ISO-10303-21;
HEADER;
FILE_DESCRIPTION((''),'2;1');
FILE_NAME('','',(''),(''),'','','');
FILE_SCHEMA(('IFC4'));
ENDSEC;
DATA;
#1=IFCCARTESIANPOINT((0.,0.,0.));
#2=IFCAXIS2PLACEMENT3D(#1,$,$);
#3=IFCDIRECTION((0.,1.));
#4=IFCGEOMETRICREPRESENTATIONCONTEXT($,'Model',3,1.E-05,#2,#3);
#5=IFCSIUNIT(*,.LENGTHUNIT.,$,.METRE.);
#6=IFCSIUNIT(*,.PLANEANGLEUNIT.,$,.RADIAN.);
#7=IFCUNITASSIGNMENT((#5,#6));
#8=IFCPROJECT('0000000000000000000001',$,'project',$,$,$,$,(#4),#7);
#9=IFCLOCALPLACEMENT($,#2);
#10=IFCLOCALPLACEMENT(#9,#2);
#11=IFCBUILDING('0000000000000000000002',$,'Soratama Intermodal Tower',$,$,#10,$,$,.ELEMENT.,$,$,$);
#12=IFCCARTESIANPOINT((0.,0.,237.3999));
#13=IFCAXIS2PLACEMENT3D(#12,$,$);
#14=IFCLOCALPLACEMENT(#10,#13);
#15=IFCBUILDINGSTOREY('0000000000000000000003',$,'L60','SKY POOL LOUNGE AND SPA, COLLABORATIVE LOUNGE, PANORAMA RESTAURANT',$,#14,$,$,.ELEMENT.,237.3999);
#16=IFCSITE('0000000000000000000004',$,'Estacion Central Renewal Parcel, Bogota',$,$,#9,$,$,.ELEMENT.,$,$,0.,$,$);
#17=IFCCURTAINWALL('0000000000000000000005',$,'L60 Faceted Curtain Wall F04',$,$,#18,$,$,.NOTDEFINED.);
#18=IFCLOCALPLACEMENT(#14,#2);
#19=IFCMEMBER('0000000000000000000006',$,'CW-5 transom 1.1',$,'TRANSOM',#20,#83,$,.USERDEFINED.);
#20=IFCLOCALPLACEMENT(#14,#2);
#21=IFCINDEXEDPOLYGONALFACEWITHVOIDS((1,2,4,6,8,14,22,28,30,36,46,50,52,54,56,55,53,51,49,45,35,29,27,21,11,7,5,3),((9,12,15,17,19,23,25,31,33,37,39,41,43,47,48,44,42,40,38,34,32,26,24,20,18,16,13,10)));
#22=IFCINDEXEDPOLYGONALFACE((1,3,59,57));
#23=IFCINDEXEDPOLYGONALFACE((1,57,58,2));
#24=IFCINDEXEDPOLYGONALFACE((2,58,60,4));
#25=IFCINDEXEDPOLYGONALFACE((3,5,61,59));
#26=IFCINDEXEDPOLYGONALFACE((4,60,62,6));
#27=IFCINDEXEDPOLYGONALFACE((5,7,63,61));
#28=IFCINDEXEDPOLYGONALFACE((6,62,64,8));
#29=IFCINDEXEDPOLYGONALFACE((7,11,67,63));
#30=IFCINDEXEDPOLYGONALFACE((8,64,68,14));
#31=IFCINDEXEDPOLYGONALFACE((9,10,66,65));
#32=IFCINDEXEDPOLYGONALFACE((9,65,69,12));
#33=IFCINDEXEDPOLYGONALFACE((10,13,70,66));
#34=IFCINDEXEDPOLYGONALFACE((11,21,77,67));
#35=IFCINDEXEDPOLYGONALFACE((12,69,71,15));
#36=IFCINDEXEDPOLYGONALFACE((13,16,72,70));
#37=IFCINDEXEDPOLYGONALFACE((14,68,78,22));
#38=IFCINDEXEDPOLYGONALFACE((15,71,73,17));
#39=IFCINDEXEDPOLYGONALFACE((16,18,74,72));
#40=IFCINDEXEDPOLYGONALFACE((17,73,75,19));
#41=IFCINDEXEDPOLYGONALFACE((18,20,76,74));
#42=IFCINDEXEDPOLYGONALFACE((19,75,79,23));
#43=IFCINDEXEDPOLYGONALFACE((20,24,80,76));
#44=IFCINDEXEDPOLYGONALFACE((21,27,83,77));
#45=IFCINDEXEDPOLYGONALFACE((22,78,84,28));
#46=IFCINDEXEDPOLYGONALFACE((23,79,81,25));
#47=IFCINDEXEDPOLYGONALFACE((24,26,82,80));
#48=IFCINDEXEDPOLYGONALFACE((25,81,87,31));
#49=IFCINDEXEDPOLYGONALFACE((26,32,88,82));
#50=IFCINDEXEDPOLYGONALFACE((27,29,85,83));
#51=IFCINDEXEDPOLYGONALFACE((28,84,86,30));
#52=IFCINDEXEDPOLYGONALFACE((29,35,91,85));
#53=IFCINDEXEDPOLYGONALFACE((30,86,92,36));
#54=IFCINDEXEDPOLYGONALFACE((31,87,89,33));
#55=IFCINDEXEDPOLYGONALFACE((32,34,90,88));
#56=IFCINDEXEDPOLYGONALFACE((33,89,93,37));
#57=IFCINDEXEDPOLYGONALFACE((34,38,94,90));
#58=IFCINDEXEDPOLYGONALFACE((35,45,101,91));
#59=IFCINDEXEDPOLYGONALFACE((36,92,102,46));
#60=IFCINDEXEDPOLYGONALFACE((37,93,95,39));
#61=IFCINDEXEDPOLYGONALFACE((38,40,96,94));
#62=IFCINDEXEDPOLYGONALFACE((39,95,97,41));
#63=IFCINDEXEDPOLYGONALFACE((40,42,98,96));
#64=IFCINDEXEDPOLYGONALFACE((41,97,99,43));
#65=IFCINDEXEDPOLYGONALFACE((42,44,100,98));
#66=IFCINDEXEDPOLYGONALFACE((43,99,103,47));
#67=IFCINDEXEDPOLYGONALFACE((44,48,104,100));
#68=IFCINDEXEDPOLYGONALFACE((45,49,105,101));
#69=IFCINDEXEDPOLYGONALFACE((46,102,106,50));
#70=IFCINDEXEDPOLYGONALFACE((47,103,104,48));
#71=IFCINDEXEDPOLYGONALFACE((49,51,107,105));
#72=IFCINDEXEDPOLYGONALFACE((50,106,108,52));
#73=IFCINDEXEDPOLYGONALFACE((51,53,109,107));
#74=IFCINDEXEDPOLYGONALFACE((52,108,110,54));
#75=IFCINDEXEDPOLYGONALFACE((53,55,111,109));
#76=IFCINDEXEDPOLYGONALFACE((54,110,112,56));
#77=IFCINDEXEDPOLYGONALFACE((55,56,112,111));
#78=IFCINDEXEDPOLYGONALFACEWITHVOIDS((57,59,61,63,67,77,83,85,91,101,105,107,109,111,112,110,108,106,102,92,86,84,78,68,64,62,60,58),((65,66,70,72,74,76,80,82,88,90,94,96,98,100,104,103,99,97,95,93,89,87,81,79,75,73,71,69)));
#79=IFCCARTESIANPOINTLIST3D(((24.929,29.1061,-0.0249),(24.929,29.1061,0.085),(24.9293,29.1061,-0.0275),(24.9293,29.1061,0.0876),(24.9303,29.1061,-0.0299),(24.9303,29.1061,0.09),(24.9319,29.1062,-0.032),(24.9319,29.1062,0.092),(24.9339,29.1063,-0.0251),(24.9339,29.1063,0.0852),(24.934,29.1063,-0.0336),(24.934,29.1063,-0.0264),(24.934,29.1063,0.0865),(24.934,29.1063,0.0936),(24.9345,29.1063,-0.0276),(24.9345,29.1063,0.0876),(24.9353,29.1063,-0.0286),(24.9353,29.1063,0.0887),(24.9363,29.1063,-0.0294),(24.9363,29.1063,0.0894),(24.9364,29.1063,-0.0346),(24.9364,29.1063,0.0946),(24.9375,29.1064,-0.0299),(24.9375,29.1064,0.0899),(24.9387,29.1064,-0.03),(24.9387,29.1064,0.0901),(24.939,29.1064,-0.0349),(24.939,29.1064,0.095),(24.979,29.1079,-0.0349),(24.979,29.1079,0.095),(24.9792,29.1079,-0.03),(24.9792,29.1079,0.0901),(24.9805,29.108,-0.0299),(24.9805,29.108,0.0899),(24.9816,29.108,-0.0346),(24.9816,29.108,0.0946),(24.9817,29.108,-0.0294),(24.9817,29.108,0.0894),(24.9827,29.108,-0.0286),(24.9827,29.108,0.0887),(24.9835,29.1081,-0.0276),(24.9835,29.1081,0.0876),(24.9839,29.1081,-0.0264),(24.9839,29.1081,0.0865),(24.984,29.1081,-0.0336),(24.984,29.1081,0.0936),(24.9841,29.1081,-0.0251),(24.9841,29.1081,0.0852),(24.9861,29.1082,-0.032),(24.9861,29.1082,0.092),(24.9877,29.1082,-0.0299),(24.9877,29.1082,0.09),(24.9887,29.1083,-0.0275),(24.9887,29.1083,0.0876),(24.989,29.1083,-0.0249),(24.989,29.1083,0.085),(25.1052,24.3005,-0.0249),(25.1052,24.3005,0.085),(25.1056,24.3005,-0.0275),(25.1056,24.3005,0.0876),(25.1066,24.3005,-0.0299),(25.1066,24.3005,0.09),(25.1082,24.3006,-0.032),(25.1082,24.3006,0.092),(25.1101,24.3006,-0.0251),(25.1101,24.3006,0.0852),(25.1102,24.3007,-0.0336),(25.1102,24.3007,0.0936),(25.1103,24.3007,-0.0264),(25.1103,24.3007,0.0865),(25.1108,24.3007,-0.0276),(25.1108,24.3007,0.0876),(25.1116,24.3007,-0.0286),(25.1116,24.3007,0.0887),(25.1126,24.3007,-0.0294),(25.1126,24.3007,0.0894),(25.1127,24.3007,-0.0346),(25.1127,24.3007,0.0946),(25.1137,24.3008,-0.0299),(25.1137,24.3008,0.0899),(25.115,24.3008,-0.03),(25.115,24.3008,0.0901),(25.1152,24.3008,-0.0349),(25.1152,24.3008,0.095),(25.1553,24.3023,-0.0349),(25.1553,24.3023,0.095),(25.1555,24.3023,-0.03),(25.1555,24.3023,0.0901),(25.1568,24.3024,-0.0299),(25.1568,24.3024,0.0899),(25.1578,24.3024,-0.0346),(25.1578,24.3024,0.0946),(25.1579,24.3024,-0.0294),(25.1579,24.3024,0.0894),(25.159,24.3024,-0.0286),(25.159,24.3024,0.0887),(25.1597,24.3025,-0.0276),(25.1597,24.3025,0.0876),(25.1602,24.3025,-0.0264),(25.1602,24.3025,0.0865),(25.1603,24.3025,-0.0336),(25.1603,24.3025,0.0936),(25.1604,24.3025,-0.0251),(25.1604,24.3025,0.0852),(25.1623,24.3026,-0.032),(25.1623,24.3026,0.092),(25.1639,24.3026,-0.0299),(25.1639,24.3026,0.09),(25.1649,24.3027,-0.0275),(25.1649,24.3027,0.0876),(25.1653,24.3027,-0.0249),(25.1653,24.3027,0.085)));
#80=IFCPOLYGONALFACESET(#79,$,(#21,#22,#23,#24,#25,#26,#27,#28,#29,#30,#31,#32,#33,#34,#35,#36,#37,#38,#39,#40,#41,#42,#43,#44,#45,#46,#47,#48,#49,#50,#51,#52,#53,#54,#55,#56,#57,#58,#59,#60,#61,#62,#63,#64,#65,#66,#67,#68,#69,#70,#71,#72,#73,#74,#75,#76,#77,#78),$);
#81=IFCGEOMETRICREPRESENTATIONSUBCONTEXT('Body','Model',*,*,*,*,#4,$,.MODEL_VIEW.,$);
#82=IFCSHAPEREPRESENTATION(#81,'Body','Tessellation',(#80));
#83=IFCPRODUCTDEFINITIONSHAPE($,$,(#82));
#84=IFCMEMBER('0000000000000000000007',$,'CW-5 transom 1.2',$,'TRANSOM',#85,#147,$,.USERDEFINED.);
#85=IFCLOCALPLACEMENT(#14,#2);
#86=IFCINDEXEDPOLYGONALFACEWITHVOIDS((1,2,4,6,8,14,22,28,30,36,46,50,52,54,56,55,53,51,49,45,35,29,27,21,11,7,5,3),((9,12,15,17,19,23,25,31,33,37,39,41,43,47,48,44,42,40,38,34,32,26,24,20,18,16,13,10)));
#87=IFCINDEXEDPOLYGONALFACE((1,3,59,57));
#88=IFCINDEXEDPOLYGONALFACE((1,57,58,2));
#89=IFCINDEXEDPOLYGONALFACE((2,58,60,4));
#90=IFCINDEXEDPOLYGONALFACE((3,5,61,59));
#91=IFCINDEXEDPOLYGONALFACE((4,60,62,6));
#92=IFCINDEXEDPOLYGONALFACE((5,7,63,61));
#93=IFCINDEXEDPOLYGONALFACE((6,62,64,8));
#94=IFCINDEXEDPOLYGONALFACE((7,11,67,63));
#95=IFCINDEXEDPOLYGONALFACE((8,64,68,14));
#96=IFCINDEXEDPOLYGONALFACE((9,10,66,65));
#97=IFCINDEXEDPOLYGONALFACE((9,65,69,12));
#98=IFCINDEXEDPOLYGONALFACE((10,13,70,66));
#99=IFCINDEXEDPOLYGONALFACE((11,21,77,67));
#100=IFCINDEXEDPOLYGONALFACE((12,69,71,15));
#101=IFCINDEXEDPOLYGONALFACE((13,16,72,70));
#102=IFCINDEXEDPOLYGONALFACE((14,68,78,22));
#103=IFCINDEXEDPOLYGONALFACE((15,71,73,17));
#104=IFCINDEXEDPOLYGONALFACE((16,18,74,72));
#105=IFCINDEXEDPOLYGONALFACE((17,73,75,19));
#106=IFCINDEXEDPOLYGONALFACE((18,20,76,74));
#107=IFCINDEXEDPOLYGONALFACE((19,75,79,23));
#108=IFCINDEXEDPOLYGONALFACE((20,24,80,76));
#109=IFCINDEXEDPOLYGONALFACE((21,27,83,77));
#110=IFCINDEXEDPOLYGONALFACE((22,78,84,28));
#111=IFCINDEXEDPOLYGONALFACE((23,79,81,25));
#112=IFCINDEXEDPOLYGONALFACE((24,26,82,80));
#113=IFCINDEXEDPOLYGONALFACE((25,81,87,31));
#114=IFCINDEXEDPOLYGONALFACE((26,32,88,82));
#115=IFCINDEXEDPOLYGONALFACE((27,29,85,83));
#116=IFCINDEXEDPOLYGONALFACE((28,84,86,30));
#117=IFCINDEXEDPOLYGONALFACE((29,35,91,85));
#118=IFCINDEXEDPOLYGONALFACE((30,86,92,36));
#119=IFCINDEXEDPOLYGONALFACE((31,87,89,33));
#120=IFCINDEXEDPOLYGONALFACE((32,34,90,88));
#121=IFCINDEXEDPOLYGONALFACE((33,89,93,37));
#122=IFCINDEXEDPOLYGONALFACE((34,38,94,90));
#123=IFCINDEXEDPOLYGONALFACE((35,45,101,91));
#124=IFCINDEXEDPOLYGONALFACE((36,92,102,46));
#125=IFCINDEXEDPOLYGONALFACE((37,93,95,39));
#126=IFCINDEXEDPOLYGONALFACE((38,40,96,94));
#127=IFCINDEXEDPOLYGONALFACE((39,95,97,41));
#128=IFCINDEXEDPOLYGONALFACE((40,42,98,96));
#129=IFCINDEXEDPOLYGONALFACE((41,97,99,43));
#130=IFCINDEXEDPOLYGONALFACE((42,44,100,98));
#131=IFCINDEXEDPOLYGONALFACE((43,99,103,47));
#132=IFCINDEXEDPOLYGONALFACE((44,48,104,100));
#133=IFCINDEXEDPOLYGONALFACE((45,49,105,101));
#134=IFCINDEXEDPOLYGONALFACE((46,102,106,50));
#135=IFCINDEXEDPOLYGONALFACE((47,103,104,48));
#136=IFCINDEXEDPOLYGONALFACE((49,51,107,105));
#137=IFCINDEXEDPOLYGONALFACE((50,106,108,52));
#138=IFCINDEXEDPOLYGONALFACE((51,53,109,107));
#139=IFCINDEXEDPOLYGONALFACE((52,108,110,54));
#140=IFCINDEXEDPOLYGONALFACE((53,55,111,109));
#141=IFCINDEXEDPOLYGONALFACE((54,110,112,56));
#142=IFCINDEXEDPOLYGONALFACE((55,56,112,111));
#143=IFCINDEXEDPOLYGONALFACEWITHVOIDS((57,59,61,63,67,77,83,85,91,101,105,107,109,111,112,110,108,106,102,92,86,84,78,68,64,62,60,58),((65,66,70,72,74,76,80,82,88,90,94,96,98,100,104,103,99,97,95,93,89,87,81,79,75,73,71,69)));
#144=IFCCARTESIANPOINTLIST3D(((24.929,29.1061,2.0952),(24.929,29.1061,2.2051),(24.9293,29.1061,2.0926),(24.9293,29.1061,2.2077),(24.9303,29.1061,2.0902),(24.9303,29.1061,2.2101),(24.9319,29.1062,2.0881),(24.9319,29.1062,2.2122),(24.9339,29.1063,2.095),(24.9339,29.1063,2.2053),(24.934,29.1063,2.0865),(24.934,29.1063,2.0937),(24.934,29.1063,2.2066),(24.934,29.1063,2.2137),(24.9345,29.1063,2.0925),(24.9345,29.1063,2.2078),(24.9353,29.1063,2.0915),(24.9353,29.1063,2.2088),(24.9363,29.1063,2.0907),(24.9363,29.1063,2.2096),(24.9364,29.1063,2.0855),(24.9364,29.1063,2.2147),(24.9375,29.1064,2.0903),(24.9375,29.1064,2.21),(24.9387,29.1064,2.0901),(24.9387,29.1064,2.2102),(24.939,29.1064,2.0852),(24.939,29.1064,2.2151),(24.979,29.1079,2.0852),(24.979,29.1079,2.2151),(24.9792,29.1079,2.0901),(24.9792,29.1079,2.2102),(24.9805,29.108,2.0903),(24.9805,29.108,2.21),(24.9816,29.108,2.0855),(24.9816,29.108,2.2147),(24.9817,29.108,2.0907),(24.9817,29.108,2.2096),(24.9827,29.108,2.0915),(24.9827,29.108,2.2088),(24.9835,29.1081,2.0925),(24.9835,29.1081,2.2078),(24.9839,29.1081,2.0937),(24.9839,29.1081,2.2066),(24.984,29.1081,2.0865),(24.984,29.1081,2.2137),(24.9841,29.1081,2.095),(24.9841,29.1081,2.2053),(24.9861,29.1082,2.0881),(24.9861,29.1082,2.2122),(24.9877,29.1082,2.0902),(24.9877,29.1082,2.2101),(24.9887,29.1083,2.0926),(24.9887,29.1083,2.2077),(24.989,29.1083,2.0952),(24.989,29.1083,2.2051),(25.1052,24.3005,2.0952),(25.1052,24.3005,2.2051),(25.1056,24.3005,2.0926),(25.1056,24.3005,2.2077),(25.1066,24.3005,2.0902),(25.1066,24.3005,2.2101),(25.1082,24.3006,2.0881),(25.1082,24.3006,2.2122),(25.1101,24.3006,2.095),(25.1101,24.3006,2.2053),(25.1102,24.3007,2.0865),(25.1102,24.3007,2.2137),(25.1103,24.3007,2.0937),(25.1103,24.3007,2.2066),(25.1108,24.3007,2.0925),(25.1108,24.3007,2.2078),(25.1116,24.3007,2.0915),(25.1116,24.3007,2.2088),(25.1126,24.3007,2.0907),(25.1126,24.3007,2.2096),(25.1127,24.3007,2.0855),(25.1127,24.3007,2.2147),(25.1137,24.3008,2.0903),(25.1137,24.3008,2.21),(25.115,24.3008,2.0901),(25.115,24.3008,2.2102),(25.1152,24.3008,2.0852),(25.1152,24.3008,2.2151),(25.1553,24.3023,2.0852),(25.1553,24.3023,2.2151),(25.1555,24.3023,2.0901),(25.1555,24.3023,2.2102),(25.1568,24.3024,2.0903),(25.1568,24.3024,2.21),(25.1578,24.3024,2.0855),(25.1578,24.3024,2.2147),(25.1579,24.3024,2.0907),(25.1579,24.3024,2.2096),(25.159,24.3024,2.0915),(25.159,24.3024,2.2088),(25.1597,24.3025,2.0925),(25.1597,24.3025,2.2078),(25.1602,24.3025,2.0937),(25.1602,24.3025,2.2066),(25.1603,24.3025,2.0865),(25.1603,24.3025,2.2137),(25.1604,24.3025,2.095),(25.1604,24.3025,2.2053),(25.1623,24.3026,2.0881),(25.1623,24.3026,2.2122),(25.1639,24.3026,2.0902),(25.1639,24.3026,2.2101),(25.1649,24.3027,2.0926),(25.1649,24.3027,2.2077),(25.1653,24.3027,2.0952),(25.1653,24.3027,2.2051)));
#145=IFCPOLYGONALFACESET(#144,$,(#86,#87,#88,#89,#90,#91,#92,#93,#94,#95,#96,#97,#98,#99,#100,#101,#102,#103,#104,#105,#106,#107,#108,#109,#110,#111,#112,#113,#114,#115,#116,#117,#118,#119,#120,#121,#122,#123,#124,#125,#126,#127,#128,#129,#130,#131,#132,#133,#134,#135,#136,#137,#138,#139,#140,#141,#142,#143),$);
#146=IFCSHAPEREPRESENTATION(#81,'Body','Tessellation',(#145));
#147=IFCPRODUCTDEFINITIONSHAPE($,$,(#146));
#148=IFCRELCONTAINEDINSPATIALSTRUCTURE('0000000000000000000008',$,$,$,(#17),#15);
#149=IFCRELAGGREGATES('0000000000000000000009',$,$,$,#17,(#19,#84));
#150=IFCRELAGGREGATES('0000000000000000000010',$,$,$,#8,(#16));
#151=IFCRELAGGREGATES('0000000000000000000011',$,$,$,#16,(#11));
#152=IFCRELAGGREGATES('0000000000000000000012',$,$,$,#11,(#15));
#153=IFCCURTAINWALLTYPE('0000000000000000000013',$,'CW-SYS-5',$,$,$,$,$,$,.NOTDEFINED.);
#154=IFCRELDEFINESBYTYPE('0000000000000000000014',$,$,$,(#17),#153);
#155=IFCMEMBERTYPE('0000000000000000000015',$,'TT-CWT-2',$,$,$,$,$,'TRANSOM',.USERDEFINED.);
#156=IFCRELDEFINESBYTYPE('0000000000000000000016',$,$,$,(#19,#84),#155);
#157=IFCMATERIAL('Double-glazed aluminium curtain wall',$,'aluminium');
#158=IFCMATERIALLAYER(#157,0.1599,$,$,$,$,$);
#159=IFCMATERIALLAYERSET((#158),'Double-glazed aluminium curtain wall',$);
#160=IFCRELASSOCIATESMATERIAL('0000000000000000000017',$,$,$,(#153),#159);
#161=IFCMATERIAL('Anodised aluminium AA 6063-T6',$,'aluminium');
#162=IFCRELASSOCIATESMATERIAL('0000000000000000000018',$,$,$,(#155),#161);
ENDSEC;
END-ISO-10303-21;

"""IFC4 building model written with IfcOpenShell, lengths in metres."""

from ifc_helpers import new_model, si_unit, direction, frame, origin, origin_2d, place, context, subcontext, project, spatial, hollow_rectangle, extrude, material, layer, layer_set, material_profile, profile_set, type_object, element, aggregate, save


model = new_model("IFC4")

# Units and contexts
model_context = context("Model", 3, precision=1e-05, world=origin(), true_north=direction((0.0, 1.0)))
body_context = subcontext(model_context, "Body", "Model", "MODEL_VIEW")
ifc_project = project(units=[si_unit("LENGTHUNIT", "METRE"), si_unit("PLANEANGLEUNIT", "RADIAN")], contexts=[model_context])

# Site, building, storey
site_placement = place(None, origin())
site = spatial("IfcSite", under=ifc_project, at=site_placement, Name="Estacion Central Renewal Parcel, Bogota", CompositionType="ELEMENT", RefElevation=0.0)
building_placement = place(site_placement, origin())
building = spatial("IfcBuilding", under=site, at=building_placement, Name="Soratama Intermodal Tower", CompositionType="ELEMENT")
storey_placement = place(building_placement, frame((0.0, 0.0, 237.3999)))
storey = spatial("IfcBuildingStorey", under=building, at=storey_placement, Name="L60", Description="SKY POOL LOUNGE AND SPA, COLLABORATIVE LOUNGE, PANORAMA RESTAURANT", CompositionType="ELEMENT", Elevation=237.3999)

# Shared definitions
ifc_material_1 = material(Name="Double-glazed aluminium curtain wall", Category="aluminium")
ifc_layer_1 = layer(ifc_material_1, 0.1599)
ifc_layer_set_1 = layer_set([ifc_layer_1], Name="Double-glazed aluminium curtain wall")
curtain_wall_type = type_object("IfcCurtainWallType", Name="CW-SYS-5", PredefinedType="NOTDEFINED", material=ifc_layer_set_1)

# Curtain wall, members
curtain_wall_1_placement = place(storey_placement, origin())
curtain_wall_1 = element("IfcCurtainWall", 1, at=curtain_wall_1_placement, inside=storey, type_object=curtain_wall_type, Name="L60 Faceted Curtain Wall F04", PredefinedType="NOTDEFINED")
ifc_material_2 = material(Name="Anodised aluminium AA 6063-T6", Category="aluminium")
ifc_material_profile_1 = material_profile(ifc_material_2, hollow_rectangle(XDim=0.0601, YDim=0.1299, WallThickness=0.0049, InnerFilletRadius=0.0049, OuterFilletRadius=0.01, at=origin_2d()), Name="CWT130X60X5")
ifc_profile_set_1 = profile_set([ifc_material_profile_1], Name="Anodised aluminium AA 6063-T6")
member_type_1 = type_object("IfcMemberType", Name="TT-CWT-2", ElementType="TRANSOM", PredefinedType="USERDEFINED", material=ifc_profile_set_1)
member_1_placement = place(storey_placement, frame((24.959, 29.1072, 0.03), z_axis=(0.036655, -0.999328, 0.0), x_axis=(0.999328, 0.036655, 0.0)))
member_1 = element("IfcMember", 2, at=member_1_placement, type_object=member_type_1, Name="CW-5 transom 1.1", ObjectType="TRANSOM", PredefinedType="USERDEFINED", context=body_context, shape_type="SweptSolid", body=[
    extrude(hollow_rectangle(XDim=0.0601, YDim=0.1299, WallThickness=0.0049, InnerFilletRadius=0.0049, OuterFilletRadius=0.01, at=origin_2d()), origin(), (0.0, 0.0, 1.0), 4.8088),
])
member_2_placement = place(storey_placement, frame((24.959, 29.1072, 2.1501), z_axis=(0.036655, -0.999328, 0.0), x_axis=(0.999328, 0.036655, 0.0)))
member_2 = element("IfcMember", 3, at=member_2_placement, type_object=member_type_1, Name="CW-5 transom 1.2", ObjectType="TRANSOM", PredefinedType="USERDEFINED", context=body_context, shape_type="SweptSolid", body=[
    extrude(hollow_rectangle(XDim=0.0601, YDim=0.1299, WallThickness=0.0049, InnerFilletRadius=0.0049, OuterFilletRadius=0.01, at=origin_2d()), origin(), (0.0, 0.0, 1.0), 4.8088),
])
aggregate(curtain_wall_1, [member_1, member_2])

save(model, "model.ifc")
